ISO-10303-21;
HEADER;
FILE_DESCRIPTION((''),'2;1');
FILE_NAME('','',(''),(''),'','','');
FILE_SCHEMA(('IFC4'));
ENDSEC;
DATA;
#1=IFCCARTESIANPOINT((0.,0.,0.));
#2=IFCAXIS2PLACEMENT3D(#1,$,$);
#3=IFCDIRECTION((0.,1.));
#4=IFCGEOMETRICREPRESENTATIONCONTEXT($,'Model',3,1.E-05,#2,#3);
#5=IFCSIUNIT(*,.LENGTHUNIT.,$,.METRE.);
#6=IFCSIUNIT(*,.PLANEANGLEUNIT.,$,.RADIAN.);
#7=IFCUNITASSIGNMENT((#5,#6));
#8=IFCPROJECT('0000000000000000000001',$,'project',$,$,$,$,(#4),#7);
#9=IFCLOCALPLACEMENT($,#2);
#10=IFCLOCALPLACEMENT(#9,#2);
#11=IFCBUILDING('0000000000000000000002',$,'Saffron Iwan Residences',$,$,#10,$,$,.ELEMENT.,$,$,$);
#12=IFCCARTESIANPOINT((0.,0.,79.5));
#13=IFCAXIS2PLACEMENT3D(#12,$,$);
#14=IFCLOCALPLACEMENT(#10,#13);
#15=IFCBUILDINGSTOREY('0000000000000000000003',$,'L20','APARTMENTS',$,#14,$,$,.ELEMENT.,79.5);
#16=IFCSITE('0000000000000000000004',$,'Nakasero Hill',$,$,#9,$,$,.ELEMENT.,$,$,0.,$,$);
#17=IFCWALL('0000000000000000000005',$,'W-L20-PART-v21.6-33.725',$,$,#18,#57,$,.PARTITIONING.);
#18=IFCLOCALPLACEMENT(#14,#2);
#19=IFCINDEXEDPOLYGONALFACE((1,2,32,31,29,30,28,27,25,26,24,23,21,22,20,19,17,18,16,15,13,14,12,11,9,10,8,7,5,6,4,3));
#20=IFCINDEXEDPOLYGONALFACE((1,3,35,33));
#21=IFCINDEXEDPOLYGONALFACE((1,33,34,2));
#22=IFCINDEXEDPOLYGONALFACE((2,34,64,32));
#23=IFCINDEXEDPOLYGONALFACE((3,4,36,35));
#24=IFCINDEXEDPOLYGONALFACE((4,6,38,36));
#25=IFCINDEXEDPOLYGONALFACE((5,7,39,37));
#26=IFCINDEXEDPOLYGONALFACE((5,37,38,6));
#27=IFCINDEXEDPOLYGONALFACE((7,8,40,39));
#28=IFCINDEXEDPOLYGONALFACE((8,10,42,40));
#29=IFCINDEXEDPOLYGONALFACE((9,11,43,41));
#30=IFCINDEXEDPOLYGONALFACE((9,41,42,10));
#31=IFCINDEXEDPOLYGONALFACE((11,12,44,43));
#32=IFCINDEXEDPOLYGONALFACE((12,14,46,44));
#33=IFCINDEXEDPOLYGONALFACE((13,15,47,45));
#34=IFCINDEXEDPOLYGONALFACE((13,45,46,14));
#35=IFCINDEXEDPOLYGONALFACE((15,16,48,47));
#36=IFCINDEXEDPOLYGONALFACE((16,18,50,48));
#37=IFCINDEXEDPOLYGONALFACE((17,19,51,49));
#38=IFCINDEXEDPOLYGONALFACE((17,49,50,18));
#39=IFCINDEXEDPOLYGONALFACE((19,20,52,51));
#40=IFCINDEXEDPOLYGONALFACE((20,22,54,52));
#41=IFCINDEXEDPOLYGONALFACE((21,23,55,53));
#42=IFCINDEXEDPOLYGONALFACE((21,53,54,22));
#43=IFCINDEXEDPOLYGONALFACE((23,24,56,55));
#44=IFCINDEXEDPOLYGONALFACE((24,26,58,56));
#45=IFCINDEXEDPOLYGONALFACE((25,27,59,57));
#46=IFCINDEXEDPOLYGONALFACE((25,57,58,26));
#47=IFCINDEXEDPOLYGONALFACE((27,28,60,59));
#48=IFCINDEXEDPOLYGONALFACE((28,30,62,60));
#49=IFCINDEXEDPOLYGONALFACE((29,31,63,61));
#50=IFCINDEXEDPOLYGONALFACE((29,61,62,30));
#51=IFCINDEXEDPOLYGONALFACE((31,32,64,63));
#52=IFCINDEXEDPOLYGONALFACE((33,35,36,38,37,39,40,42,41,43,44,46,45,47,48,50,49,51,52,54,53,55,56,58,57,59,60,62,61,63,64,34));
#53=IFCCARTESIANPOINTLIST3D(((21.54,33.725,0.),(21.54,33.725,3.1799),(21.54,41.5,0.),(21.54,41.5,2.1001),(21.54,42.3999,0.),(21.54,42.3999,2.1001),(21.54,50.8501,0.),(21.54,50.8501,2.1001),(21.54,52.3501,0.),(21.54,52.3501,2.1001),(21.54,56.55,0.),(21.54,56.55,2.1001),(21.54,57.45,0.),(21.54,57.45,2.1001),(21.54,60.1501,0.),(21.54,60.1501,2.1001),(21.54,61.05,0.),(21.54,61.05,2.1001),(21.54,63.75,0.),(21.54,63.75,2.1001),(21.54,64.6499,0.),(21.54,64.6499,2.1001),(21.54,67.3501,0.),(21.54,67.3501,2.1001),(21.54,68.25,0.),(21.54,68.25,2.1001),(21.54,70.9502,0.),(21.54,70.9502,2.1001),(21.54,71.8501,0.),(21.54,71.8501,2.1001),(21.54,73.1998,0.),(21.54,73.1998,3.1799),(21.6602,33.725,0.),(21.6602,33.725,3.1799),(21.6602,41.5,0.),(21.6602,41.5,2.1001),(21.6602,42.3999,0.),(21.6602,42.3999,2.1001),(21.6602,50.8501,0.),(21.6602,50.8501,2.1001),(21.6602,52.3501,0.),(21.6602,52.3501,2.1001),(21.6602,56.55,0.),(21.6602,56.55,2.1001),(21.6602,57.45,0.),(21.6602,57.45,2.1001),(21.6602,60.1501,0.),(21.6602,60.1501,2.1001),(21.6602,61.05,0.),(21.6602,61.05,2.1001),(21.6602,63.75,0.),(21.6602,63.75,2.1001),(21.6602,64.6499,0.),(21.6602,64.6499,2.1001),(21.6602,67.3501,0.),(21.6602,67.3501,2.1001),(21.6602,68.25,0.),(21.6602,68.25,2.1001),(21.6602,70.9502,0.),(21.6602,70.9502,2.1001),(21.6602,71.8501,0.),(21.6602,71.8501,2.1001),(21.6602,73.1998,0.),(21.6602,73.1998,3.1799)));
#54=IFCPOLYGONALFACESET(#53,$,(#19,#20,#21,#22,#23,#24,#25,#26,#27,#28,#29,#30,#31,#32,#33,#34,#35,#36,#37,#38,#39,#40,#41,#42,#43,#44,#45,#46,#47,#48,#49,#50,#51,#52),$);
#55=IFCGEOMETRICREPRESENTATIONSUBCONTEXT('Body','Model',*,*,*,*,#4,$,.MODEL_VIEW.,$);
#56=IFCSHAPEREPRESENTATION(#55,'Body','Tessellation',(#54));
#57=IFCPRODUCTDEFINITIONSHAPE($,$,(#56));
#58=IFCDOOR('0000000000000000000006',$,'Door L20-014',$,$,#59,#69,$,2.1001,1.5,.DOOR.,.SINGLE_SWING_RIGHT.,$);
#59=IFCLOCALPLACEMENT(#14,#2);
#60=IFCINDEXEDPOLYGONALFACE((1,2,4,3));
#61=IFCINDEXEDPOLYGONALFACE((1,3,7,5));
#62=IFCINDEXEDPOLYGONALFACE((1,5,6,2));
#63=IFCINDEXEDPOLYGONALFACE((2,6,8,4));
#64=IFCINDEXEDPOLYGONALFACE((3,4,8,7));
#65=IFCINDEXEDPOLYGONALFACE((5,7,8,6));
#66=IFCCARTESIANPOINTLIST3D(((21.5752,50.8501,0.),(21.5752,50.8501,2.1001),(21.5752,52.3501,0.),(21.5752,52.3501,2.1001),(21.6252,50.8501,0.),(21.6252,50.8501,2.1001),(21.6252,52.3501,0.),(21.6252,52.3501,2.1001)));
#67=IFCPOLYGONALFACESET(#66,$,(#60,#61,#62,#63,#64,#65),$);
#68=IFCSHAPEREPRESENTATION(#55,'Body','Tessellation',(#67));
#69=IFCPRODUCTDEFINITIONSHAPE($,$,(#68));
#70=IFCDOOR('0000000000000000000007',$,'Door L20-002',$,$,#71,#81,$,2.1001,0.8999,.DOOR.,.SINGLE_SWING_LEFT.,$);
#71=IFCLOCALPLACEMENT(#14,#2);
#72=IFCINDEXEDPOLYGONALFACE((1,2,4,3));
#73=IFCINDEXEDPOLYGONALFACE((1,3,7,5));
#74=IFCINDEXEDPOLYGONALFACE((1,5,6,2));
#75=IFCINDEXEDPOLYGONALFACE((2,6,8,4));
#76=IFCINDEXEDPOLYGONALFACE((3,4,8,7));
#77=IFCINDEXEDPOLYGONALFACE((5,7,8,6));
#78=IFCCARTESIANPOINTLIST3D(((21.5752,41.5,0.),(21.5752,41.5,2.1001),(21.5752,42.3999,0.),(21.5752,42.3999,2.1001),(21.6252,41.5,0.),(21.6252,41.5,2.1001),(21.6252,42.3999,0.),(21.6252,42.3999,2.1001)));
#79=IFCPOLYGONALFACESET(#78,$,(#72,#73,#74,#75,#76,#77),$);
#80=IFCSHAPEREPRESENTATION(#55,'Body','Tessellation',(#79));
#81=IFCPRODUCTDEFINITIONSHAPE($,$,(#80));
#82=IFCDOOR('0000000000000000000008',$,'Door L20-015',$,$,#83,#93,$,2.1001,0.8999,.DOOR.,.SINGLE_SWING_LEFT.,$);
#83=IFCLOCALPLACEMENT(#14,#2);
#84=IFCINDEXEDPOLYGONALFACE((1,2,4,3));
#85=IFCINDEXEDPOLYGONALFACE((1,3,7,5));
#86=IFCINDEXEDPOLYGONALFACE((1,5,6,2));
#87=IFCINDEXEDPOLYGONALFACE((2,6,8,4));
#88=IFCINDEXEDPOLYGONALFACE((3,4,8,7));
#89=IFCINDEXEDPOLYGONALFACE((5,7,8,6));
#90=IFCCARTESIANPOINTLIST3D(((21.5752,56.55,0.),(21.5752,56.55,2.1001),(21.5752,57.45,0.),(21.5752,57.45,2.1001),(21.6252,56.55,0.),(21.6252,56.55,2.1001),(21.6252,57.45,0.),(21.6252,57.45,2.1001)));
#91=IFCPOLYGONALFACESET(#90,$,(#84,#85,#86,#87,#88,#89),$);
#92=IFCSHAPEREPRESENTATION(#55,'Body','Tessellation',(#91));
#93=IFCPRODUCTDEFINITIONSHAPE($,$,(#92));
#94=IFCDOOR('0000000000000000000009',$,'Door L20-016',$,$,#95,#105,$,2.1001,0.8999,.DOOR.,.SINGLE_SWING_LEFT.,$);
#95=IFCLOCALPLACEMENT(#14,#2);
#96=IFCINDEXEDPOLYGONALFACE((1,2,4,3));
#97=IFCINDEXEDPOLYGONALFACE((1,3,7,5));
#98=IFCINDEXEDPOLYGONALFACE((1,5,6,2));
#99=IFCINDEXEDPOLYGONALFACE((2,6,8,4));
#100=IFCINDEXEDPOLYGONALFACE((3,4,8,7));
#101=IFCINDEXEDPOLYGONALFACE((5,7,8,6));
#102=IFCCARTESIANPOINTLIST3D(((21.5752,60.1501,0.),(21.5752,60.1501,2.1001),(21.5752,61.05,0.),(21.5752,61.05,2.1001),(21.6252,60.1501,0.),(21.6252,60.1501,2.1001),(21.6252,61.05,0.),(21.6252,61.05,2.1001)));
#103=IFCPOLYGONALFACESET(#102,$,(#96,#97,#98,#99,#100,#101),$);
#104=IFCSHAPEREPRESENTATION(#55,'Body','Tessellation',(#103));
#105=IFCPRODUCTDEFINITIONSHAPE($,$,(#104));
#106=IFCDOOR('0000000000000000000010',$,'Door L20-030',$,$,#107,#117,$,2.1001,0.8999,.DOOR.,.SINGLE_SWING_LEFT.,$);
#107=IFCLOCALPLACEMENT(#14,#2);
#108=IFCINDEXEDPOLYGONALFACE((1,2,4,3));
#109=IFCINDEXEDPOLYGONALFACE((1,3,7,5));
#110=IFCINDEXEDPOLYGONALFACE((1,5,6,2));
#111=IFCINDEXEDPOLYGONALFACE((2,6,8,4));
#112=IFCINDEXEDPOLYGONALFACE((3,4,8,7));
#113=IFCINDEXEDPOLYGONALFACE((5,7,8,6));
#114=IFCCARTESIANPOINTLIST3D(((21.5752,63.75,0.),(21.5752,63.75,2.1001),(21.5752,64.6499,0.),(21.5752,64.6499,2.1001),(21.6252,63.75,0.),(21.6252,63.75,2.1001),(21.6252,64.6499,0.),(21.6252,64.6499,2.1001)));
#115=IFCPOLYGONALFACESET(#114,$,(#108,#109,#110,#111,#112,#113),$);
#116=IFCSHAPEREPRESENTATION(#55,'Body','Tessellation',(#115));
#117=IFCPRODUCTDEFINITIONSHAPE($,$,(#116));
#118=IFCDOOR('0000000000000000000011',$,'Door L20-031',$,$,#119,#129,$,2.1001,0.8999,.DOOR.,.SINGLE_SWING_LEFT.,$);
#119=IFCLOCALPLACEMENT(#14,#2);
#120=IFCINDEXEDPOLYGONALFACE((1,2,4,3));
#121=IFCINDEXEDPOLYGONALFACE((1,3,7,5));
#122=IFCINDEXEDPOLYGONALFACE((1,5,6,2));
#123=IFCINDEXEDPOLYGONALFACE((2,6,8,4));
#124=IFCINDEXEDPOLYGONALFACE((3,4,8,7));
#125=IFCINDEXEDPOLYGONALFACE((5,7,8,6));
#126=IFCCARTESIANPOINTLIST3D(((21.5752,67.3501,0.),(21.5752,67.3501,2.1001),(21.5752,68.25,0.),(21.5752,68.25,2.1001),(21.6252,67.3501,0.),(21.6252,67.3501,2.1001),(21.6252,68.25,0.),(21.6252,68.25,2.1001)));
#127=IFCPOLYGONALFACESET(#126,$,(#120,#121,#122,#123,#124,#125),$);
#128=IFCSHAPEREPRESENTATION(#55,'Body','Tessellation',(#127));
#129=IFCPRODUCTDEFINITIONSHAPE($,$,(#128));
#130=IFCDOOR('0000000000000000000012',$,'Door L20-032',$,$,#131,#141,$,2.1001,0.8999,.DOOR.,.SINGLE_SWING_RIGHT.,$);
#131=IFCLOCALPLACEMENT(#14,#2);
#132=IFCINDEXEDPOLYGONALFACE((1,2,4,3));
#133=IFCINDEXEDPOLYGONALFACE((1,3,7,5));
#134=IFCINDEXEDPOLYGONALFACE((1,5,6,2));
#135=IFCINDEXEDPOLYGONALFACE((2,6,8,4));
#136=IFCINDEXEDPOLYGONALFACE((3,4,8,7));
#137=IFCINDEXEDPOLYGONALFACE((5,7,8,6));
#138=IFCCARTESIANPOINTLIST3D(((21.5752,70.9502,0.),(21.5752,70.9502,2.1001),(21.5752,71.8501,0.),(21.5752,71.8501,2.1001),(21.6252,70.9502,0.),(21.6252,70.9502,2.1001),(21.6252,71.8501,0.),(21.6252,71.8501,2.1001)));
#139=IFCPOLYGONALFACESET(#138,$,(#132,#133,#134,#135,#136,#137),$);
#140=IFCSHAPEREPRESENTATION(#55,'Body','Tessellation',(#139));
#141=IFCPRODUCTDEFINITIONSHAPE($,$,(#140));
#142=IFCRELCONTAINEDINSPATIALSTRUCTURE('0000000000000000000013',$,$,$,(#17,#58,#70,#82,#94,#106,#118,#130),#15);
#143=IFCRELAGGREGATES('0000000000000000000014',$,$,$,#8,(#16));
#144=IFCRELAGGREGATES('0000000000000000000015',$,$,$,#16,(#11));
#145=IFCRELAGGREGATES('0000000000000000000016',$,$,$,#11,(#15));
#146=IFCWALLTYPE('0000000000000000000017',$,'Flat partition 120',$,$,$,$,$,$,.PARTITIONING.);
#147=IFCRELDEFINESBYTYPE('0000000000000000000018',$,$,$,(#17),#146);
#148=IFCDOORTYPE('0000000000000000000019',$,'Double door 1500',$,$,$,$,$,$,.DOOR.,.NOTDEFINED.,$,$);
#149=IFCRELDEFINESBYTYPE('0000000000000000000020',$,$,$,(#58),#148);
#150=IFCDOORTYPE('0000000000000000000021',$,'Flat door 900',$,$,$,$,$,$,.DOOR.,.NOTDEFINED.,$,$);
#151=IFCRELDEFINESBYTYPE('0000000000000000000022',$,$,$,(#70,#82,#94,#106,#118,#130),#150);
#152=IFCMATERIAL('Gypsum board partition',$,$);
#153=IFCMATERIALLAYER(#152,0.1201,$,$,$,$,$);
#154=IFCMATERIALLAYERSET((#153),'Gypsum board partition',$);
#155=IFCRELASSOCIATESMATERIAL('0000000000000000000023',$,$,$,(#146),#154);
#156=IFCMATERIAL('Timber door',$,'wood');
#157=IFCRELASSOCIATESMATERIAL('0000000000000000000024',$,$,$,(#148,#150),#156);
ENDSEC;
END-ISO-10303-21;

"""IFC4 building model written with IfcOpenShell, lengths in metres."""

from ifc_helpers import new_model, si_unit, direction, frame, frame_2d, origin, place, context, subcontext, project, spatial, rectangle, extrude, material, layer, layer_set, type_object, element, fill, save


model = new_model("IFC4")

# Units and contexts
model_context = context("Model", 3, precision=1e-05, world=origin(), true_north=direction((0.0, 1.0)))
body_context = subcontext(model_context, "Body", "Model", "MODEL_VIEW")
ifc_project = project(units=[si_unit("LENGTHUNIT", "METRE"), si_unit("PLANEANGLEUNIT", "RADIAN")], contexts=[model_context])

# Site, building, storey
site_placement = place(None, origin())
site = spatial("IfcSite", under=ifc_project, at=site_placement, Name="Nakasero Hill", CompositionType="ELEMENT", RefElevation=0.0)
building_placement = place(site_placement, origin())
building = spatial("IfcBuilding", under=site, at=building_placement, Name="Saffron Iwan Residences", CompositionType="ELEMENT")
storey_placement = place(building_placement, frame((0.0, 0.0, 79.5)))
storey = spatial("IfcBuildingStorey", under=building, at=storey_placement, Name="L20", Description="APARTMENTS", CompositionType="ELEMENT", Elevation=79.5)

# Wall, openings, doors
ifc_material_1 = material(Name="Gypsum board partition")
ifc_layer_1 = layer(ifc_material_1, 0.1201)
ifc_layer_set_1 = layer_set([ifc_layer_1], Name="Gypsum board partition")
wall_type_1 = type_object("IfcWallType", Name="Flat partition 120", PredefinedType="PARTITIONING", material=ifc_layer_set_1)
wall_1_placement = place(storey_placement, frame((21.6001, 33.7251, 0.0), z_axis=(0.0, 0.0, 1.0), x_axis=(0.0, 1.0, 0.0)))
wall_1 = element("IfcWall", 1, at=wall_1_placement, inside=storey, type_object=wall_type_1, Name="W-L20-PART-v21.6-33.725", PredefinedType="PARTITIONING", context=body_context, shape_type="SweptSolid", body=[
    extrude(rectangle(XDim=39.4749, YDim=0.1201, at=frame_2d((19.7373, 0.0))), origin(), (0.0, 0.0, 1.0), 3.1799),
])
opening_1_placement = place(wall_1_placement, frame((7.7749, 0.0, 0.0)))
opening_1 = element("IfcOpeningElement", 2, at=opening_1_placement, cuts=wall_1, PredefinedType="OPENING", context=body_context, shape_type="SweptSolid", body=[
    extrude(rectangle(XDim=0.8999, YDim=2.1001, at=frame_2d((0.45, 1.05))), frame((0.0, 0.0701, 0.0), z_axis=(0.0, -1.0, 0.0), x_axis=(1.0, 0.0, 0.0)), (0.0, 0.0, 1.0), 0.1401),
])
opening_2_placement = place(wall_1_placement, frame((17.125, 0.0, 0.0)))
opening_2 = element("IfcOpeningElement", 3, at=opening_2_placement, cuts=wall_1, PredefinedType="OPENING", context=body_context, shape_type="SweptSolid", body=[
    extrude(rectangle(XDim=1.5, YDim=2.1001, at=frame_2d((0.75, 1.05))), frame((0.0, 0.0701, 0.0), z_axis=(0.0, -1.0, 0.0), x_axis=(1.0, 0.0, 0.0)), (0.0, 0.0, 1.0), 0.1401),
])
opening_3_placement = place(wall_1_placement, frame((22.825, 0.0, 0.0)))
opening_3 = element("IfcOpeningElement", 4, at=opening_3_placement, cuts=wall_1, PredefinedType="OPENING", context=body_context, shape_type="SweptSolid", body=[
    extrude(rectangle(XDim=0.8999, YDim=2.1001, at=frame_2d((0.45, 1.05))), frame((0.0, 0.0701, 0.0), z_axis=(0.0, -1.0, 0.0), x_axis=(1.0, 0.0, 0.0)), (0.0, 0.0, 1.0), 0.1401),
])
opening_4_placement = place(wall_1_placement, frame((26.425, 0.0, 0.0)))
opening_4 = element("IfcOpeningElement", 5, at=opening_4_placement, cuts=wall_1, PredefinedType="OPENING", context=body_context, shape_type="SweptSolid", body=[
    extrude(rectangle(XDim=0.8999, YDim=2.1001, at=frame_2d((0.45, 1.05))), frame((0.0, 0.0701, 0.0), z_axis=(0.0, -1.0, 0.0), x_axis=(1.0, 0.0, 0.0)), (0.0, 0.0, 1.0), 0.1401),
])
opening_5_placement = place(wall_1_placement, frame((30.0249, 0.0, 0.0)))
opening_5 = element("IfcOpeningElement", 6, at=opening_5_placement, cuts=wall_1, PredefinedType="OPENING", context=body_context, shape_type="SweptSolid", body=[
    extrude(rectangle(XDim=0.8999, YDim=2.1001, at=frame_2d((0.45, 1.05))), frame((0.0, 0.0701, 0.0), z_axis=(0.0, -1.0, 0.0), x_axis=(1.0, 0.0, 0.0)), (0.0, 0.0, 1.0), 0.1401),
])
opening_6_placement = place(wall_1_placement, frame((33.625, 0.0, 0.0)))
opening_6 = element("IfcOpeningElement", 7, at=opening_6_placement, cuts=wall_1, PredefinedType="OPENING", context=body_context, shape_type="SweptSolid", body=[
    extrude(rectangle(XDim=0.8999, YDim=2.1001, at=frame_2d((0.45, 1.05))), frame((0.0, 0.0701, 0.0), z_axis=(0.0, -1.0, 0.0), x_axis=(1.0, 0.0, 0.0)), (0.0, 0.0, 1.0), 0.1401),
])
opening_7_placement = place(wall_1_placement, frame((37.2251, 0.0, 0.0)))
opening_7 = element("IfcOpeningElement", 8, at=opening_7_placement, cuts=wall_1, PredefinedType="OPENING", context=body_context, shape_type="SweptSolid", body=[
    extrude(rectangle(XDim=0.8999, YDim=2.1001, at=frame_2d((0.45, 1.05))), frame((0.0, 0.0701, 0.0), z_axis=(0.0, -1.0, 0.0), x_axis=(1.0, 0.0, 0.0)), (0.0, 0.0, 1.0), 0.1401),
])
ifc_material_2 = material(Name="Timber door", Category="wood")
door_type_1 = type_object("IfcDoorType", Name="Double door 1500", OperationType="NOTDEFINED", PredefinedType="DOOR", material=ifc_material_2)
door_1_placement = place(opening_2_placement, origin())
door_1 = element("IfcDoor", 9, at=door_1_placement, inside=storey, type_object=door_type_1, Name="Door L20-014", OperationType="SINGLE_SWING_RIGHT", OverallHeight=2.1001, OverallWidth=1.5, PredefinedType="DOOR", context=body_context, shape_type="SweptSolid", body=[
    extrude(rectangle(XDim=1.5, YDim=2.1001, at=frame_2d((0.75, 1.05))), frame((0.0, 0.0249, 0.0), z_axis=(0.0, -1.0, 0.0), x_axis=(1.0, 0.0, 0.0)), (0.0, 0.0, 1.0), 0.05),
])
fill(opening_2, door_1)
door_type_2 = type_object("IfcDoorType", Name="Flat door 900", OperationType="NOTDEFINED", PredefinedType="DOOR", material=ifc_material_2)
door_2_placement = place(opening_1_placement, origin())
door_2 = element("IfcDoor", 10, at=door_2_placement, inside=storey, type_object=door_type_2, Name="Door L20-002", OperationType="SINGLE_SWING_LEFT", OverallHeight=2.1001, OverallWidth=0.8999, PredefinedType="DOOR", context=body_context, shape_type="SweptSolid", body=[
    extrude(rectangle(XDim=0.8999, YDim=2.1001, at=frame_2d((0.45, 1.05))), frame((0.0, 0.0249, 0.0), z_axis=(0.0, -1.0, 0.0), x_axis=(1.0, 0.0, 0.0)), (0.0, 0.0, 1.0), 0.05),
])
fill(opening_1, door_2)
door_3_placement = place(opening_3_placement, origin())
door_3 = element("IfcDoor", 11, at=door_3_placement, inside=storey, type_object=door_type_2, Name="Door L20-015", OperationType="SINGLE_SWING_LEFT", OverallHeight=2.1001, OverallWidth=0.8999, PredefinedType="DOOR", context=body_context, shape_type="SweptSolid", body=[
    extrude(rectangle(XDim=0.8999, YDim=2.1001, at=frame_2d((0.45, 1.05))), frame((0.0, 0.0249, 0.0), z_axis=(0.0, -1.0, 0.0), x_axis=(1.0, 0.0, 0.0)), (0.0, 0.0, 1.0), 0.05),
])
fill(opening_3, door_3)
door_4_placement = place(opening_4_placement, origin())
door_4 = element("IfcDoor", 12, at=door_4_placement, inside=storey, type_object=door_type_2, Name="Door L20-016", OperationType="SINGLE_SWING_LEFT", OverallHeight=2.1001, OverallWidth=0.8999, PredefinedType="DOOR", context=body_context, shape_type="SweptSolid", body=[
    extrude(rectangle(XDim=0.8999, YDim=2.1001, at=frame_2d((0.45, 1.05))), frame((0.0, 0.0249, 0.0), z_axis=(0.0, -1.0, 0.0), x_axis=(1.0, 0.0, 0.0)), (0.0, 0.0, 1.0), 0.05),
])
fill(opening_4, door_4)
door_5_placement = place(opening_5_placement, origin())
door_5 = element("IfcDoor", 13, at=door_5_placement, inside=storey, type_object=door_type_2, Name="Door L20-030", OperationType="SINGLE_SWING_LEFT", OverallHeight=2.1001, OverallWidth=0.8999, PredefinedType="DOOR", context=body_context, shape_type="SweptSolid", body=[
    extrude(rectangle(XDim=0.8999, YDim=2.1001, at=frame_2d((0.45, 1.05))), frame((0.0, 0.0249, 0.0), z_axis=(0.0, -1.0, 0.0), x_axis=(1.0, 0.0, 0.0)), (0.0, 0.0, 1.0), 0.05),
])
fill(opening_5, door_5)
door_6_placement = place(opening_6_placement, origin())
door_6 = element("IfcDoor", 14, at=door_6_placement, inside=storey, type_object=door_type_2, Name="Door L20-031", OperationType="SINGLE_SWING_LEFT", OverallHeight=2.1001, OverallWidth=0.8999, PredefinedType="DOOR", context=body_context, shape_type="SweptSolid", body=[
    extrude(rectangle(XDim=0.8999, YDim=2.1001, at=frame_2d((0.45, 1.05))), frame((0.0, 0.0249, 0.0), z_axis=(0.0, -1.0, 0.0), x_axis=(1.0, 0.0, 0.0)), (0.0, 0.0, 1.0), 0.05),
])
fill(opening_6, door_6)
door_7_placement = place(opening_7_placement, origin())
door_7 = element("IfcDoor", 15, at=door_7_placement, inside=storey, type_object=door_type_2, Name="Door L20-032", OperationType="SINGLE_SWING_RIGHT", OverallHeight=2.1001, OverallWidth=0.8999, PredefinedType="DOOR", context=body_context, shape_type="SweptSolid", body=[
    extrude(rectangle(XDim=0.8999, YDim=2.1001, at=frame_2d((0.45, 1.05))), frame((0.0, 0.0249, 0.0), z_axis=(0.0, -1.0, 0.0), x_axis=(1.0, 0.0, 0.0)), (0.0, 0.0, 1.0), 0.05),
])
fill(opening_7, door_7)

save(model, "model.ifc")
